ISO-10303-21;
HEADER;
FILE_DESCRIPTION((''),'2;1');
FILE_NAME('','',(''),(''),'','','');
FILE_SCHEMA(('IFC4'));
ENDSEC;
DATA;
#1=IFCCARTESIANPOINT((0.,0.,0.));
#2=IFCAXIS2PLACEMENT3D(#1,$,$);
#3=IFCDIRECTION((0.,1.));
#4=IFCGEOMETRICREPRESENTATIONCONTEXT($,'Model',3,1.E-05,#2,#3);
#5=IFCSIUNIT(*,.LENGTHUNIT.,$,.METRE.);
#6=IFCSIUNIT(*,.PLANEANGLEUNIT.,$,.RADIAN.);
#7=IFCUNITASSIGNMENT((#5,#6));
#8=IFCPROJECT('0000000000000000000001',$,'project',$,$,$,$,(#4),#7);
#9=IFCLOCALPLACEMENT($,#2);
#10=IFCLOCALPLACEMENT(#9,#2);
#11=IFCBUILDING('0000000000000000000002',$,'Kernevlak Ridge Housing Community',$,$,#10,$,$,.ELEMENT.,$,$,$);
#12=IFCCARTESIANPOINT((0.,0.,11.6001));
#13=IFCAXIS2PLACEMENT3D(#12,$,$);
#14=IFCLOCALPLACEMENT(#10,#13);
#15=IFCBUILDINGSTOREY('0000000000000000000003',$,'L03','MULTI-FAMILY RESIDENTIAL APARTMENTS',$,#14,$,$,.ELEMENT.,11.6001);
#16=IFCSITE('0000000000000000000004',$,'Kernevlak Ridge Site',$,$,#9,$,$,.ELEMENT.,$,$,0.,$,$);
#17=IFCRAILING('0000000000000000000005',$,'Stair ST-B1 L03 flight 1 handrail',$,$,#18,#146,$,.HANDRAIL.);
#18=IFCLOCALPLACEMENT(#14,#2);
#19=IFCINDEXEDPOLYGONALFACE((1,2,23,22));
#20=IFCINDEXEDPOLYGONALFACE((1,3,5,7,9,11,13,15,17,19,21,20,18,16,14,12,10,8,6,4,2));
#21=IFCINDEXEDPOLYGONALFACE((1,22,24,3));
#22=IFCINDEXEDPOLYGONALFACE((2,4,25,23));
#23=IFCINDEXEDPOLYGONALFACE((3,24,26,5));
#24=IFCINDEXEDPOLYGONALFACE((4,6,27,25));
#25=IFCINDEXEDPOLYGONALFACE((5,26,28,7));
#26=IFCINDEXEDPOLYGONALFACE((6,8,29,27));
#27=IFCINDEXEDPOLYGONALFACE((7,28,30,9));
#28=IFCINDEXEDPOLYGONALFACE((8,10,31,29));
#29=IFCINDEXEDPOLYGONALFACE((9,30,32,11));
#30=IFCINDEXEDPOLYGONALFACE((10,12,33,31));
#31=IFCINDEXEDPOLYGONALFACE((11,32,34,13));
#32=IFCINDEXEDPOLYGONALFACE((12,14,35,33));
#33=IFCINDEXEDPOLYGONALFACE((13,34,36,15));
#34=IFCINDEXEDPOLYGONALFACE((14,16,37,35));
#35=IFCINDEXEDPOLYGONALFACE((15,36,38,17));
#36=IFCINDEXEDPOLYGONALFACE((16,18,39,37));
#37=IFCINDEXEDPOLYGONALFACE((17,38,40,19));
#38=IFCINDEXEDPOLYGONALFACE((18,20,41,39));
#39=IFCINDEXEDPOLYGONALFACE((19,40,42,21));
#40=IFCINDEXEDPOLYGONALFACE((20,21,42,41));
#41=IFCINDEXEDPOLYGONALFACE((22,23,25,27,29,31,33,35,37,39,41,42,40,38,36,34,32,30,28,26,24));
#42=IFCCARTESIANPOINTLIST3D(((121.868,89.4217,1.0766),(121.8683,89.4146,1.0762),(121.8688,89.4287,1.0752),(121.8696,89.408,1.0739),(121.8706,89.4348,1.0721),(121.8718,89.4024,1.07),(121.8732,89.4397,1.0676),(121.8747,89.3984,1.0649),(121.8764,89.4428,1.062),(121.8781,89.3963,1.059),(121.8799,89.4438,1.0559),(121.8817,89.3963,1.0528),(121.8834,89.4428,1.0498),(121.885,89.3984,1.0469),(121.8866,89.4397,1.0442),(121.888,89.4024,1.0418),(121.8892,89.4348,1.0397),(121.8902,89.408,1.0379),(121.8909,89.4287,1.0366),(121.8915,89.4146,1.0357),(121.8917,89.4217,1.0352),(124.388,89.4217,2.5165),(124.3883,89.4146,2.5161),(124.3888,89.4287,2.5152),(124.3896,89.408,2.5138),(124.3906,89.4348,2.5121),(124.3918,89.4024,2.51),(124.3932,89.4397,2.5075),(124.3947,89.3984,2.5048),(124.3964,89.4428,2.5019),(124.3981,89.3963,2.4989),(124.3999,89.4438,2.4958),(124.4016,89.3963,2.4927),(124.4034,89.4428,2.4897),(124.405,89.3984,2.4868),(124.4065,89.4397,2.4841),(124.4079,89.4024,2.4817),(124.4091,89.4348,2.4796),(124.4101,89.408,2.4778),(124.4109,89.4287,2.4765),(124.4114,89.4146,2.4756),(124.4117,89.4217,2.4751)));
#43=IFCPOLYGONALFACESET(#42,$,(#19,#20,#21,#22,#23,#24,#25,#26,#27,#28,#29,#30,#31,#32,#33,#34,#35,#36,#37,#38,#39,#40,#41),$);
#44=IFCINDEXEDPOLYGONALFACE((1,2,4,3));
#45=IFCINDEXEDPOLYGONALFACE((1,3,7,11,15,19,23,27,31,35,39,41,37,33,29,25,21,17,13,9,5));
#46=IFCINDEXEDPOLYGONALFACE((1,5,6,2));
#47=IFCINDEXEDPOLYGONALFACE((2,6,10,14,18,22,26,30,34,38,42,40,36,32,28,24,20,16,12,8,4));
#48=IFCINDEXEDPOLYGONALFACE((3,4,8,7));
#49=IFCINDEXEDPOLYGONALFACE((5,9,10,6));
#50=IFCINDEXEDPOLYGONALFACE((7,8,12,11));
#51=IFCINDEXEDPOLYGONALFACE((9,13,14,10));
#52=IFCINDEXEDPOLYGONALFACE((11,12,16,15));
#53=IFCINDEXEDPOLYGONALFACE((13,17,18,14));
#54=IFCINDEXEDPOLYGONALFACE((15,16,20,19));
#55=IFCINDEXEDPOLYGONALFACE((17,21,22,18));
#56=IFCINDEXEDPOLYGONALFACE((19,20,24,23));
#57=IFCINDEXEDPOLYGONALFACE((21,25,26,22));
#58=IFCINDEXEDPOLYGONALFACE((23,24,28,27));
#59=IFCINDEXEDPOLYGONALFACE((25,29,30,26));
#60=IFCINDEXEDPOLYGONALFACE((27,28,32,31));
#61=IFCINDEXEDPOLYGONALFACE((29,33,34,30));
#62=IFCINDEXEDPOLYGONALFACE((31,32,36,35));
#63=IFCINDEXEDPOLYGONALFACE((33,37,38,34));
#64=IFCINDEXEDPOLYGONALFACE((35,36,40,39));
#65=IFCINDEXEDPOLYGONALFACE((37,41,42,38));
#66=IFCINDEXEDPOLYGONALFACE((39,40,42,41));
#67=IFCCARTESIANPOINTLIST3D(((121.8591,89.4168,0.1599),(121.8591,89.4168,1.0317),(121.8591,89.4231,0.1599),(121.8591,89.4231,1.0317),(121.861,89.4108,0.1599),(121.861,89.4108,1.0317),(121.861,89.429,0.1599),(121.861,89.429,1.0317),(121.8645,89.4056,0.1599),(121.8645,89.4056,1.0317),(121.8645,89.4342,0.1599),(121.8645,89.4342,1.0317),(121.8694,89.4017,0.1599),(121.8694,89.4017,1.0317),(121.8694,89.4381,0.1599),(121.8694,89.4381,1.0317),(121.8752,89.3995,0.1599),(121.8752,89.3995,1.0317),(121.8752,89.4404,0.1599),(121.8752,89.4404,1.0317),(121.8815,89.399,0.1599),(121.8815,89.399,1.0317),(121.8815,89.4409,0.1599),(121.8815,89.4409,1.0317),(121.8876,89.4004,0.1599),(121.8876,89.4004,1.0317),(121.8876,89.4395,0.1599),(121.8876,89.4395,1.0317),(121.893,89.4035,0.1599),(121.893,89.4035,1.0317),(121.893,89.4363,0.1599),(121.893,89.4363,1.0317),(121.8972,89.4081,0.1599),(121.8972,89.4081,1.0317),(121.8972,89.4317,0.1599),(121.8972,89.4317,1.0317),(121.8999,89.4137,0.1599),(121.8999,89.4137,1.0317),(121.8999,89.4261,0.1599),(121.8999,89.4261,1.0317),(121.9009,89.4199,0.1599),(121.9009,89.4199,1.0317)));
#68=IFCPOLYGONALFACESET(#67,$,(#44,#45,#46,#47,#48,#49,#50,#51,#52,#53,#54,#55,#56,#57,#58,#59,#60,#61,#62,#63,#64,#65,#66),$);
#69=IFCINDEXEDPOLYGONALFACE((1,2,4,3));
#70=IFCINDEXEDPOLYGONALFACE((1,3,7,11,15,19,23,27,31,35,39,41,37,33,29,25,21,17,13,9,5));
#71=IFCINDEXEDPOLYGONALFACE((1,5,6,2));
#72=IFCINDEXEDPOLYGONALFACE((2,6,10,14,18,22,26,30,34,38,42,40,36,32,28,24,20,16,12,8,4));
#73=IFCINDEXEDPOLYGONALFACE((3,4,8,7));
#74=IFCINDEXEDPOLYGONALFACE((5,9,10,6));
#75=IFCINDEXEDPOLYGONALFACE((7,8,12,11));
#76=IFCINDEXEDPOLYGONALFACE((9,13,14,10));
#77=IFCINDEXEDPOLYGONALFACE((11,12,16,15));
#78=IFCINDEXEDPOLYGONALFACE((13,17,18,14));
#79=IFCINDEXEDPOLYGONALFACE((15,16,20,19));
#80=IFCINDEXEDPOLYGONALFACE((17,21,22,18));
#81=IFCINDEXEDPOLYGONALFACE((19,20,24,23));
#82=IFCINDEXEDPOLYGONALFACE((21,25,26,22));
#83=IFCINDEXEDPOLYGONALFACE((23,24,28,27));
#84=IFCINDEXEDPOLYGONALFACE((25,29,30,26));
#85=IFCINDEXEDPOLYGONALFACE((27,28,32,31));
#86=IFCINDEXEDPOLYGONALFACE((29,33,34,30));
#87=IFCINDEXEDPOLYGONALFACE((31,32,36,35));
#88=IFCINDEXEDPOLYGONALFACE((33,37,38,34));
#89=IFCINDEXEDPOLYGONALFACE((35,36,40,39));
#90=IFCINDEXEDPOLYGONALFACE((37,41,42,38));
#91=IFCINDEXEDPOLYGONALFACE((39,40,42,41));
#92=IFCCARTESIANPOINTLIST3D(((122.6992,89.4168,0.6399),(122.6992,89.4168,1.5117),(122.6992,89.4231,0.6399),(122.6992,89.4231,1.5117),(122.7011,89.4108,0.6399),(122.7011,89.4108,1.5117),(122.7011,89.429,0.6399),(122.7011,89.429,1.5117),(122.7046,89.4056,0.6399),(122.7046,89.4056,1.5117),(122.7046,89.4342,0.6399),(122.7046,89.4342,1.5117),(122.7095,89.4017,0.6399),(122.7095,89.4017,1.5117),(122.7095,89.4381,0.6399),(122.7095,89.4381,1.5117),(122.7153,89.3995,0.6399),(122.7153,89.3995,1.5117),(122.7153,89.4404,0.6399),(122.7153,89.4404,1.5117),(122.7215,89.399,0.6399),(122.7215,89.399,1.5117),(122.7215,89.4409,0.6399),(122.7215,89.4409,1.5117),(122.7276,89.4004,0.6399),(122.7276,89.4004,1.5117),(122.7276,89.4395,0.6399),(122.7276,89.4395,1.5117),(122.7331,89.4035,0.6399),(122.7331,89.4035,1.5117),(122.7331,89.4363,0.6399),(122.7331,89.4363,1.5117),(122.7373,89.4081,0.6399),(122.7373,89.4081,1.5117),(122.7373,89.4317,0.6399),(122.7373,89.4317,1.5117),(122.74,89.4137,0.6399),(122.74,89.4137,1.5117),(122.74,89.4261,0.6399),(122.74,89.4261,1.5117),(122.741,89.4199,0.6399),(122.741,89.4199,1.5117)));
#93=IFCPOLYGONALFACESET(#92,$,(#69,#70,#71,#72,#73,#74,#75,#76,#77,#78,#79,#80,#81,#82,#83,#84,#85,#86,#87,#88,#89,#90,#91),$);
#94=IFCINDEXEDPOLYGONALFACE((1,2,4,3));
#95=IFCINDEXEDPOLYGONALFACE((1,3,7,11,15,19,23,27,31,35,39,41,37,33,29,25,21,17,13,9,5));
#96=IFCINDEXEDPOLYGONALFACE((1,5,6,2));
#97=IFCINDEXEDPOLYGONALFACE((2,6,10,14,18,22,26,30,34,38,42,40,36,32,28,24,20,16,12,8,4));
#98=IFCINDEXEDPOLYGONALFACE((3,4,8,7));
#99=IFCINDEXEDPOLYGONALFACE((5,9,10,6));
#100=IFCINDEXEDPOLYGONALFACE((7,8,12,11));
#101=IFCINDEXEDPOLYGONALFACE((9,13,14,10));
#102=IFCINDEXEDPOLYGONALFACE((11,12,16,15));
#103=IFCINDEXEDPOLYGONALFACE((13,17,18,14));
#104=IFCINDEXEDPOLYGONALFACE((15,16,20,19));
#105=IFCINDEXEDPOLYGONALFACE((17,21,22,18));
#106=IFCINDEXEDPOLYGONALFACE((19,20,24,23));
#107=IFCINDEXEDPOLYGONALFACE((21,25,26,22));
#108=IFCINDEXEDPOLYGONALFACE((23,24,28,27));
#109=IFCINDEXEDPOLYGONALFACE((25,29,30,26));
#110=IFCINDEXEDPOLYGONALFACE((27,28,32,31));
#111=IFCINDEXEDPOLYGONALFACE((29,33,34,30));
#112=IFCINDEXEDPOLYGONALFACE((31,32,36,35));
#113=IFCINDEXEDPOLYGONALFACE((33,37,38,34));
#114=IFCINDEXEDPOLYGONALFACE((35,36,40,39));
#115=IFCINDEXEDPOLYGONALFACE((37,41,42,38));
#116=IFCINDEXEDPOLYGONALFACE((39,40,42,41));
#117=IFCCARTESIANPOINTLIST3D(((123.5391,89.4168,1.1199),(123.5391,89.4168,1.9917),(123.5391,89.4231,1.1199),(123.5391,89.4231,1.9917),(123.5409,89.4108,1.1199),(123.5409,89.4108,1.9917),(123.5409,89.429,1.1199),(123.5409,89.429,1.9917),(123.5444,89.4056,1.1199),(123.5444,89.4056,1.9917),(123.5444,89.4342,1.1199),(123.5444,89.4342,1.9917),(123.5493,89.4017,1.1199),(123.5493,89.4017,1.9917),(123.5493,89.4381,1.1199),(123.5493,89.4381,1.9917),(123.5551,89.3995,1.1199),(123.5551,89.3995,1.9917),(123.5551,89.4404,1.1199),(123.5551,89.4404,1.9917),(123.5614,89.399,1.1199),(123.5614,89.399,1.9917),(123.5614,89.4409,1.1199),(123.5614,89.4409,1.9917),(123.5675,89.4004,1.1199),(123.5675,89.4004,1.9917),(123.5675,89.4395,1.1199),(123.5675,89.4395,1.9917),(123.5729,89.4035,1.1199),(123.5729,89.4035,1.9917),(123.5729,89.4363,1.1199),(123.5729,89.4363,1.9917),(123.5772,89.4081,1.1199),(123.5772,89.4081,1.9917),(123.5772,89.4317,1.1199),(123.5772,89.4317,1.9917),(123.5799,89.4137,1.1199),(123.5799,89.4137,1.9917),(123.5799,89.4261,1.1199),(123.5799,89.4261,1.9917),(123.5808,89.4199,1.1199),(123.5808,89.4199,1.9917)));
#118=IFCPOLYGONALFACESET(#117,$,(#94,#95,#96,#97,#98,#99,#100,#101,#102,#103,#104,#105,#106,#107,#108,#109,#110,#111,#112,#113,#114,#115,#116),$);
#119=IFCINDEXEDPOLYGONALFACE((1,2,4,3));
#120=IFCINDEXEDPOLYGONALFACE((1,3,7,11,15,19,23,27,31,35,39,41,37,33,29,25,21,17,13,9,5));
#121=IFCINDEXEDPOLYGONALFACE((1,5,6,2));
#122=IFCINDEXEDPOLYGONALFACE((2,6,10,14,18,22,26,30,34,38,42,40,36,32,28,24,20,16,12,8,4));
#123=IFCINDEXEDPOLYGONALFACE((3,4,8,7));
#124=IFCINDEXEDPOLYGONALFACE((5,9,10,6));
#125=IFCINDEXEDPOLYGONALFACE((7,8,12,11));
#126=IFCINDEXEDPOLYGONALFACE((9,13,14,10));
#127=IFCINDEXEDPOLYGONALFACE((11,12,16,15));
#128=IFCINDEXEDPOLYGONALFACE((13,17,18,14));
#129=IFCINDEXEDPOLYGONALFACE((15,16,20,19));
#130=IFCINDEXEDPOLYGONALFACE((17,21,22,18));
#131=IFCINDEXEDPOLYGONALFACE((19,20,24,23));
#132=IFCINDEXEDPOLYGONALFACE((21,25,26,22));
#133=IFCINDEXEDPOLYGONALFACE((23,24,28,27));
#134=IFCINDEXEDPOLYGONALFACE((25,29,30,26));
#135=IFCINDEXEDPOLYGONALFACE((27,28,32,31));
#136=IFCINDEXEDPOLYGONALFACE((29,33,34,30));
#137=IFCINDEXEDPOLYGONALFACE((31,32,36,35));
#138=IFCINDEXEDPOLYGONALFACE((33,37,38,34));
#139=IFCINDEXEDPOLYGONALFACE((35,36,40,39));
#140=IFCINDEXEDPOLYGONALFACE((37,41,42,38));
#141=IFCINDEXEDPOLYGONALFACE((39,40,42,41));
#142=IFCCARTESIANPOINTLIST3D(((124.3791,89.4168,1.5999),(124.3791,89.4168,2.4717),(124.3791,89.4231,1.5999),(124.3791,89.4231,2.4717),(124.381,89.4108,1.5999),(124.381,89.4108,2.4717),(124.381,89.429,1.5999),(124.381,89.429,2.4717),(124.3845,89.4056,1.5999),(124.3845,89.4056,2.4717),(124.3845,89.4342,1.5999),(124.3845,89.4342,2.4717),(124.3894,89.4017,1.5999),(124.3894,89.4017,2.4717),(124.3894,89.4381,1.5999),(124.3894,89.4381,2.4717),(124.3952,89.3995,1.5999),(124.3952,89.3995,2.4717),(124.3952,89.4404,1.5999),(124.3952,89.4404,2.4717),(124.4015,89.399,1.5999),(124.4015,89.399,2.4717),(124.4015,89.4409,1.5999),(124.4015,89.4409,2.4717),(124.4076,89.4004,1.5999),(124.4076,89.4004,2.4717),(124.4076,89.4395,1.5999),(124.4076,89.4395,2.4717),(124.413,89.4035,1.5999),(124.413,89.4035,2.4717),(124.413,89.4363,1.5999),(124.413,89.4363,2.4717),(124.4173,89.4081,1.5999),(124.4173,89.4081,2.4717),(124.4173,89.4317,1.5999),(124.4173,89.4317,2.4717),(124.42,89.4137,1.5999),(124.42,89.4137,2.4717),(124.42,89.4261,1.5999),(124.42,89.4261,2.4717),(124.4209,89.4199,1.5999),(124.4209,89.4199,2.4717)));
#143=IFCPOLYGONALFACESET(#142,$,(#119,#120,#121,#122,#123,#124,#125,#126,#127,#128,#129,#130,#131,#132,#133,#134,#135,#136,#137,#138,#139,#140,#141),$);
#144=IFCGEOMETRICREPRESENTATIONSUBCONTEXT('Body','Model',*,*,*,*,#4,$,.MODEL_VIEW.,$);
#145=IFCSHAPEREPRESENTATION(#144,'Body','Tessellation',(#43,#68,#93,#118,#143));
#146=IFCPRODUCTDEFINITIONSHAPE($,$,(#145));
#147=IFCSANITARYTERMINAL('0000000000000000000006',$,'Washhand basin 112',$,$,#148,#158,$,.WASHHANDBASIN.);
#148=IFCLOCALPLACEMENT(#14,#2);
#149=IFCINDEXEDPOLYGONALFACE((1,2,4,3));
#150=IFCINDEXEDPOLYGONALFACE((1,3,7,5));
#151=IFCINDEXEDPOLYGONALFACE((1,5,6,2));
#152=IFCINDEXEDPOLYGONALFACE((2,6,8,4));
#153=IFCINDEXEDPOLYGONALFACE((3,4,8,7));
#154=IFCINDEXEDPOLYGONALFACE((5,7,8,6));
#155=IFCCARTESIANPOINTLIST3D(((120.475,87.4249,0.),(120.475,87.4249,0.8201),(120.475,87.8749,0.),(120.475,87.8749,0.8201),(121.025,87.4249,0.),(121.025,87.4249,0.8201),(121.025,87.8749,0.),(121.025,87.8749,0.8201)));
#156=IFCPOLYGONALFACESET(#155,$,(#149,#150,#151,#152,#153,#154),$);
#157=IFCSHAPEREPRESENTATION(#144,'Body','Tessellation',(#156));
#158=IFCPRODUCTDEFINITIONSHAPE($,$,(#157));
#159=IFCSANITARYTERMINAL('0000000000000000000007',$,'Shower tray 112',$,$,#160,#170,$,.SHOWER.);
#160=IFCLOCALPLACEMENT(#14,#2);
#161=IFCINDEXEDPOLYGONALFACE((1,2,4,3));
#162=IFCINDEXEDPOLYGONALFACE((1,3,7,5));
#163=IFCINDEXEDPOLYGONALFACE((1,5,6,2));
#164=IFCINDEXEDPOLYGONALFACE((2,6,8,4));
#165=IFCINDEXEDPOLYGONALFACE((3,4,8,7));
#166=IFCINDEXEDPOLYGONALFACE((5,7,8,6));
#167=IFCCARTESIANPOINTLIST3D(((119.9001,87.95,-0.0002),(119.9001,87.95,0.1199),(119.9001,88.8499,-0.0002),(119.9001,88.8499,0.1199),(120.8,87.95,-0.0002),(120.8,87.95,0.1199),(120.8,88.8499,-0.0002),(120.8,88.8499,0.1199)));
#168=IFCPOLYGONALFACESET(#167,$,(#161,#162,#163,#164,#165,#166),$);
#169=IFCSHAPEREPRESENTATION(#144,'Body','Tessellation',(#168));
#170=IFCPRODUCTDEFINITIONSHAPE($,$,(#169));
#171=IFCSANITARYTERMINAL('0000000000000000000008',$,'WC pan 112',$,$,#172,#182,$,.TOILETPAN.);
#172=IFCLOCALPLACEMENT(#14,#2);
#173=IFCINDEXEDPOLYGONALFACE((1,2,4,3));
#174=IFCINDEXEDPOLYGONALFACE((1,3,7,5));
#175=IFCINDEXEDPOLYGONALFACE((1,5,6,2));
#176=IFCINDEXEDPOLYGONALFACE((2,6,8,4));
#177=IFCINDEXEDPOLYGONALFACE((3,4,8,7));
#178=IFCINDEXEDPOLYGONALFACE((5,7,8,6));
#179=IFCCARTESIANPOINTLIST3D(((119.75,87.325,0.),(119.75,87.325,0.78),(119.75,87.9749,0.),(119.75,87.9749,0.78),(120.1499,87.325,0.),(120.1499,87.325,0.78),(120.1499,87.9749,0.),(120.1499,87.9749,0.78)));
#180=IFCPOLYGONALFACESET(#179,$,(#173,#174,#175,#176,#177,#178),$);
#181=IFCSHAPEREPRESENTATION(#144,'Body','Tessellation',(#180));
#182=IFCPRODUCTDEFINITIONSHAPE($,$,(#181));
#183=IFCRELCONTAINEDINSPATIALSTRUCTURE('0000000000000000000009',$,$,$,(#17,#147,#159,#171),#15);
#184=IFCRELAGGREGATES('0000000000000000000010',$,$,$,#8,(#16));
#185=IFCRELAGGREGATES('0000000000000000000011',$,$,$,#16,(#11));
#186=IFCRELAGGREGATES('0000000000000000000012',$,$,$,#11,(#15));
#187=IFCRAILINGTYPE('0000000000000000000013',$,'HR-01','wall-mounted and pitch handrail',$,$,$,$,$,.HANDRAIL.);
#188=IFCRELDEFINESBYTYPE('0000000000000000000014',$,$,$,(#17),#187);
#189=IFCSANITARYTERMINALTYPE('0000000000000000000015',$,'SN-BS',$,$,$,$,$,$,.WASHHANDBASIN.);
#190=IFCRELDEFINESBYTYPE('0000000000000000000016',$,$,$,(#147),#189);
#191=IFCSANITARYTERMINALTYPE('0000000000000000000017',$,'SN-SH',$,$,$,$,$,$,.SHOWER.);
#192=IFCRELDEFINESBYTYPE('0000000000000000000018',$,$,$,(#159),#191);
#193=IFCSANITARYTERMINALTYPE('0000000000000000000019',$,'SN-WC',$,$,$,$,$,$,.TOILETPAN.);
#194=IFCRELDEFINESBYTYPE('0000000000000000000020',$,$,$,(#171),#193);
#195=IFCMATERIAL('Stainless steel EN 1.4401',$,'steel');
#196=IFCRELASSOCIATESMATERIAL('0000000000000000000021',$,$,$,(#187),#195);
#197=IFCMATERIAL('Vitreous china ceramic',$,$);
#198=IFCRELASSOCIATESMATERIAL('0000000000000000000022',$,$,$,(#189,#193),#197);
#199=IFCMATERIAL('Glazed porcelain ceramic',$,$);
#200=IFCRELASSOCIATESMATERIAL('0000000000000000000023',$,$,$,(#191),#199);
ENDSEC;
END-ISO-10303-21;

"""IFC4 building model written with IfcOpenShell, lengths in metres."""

from ifc_helpers import new_model, si_unit, direction, frame, origin, origin_2d, place, context, subcontext, project, spatial, rectangle, circle, extrude, material, type_object, element, save


model = new_model("IFC4")

# Units and contexts
model_context = context("Model", 3, precision=1e-05, world=origin(), true_north=direction((0.0, 1.0)))
body_context = subcontext(model_context, "Body", "Model", "MODEL_VIEW")
ifc_project = project(units=[si_unit("LENGTHUNIT", "METRE"), si_unit("PLANEANGLEUNIT", "RADIAN")], contexts=[model_context])

# Site, building, storey
site_placement = place(None, origin())
site = spatial("IfcSite", under=ifc_project, at=site_placement, Name="Kernevlak Ridge Site", CompositionType="ELEMENT", RefElevation=0.0)
building_placement = place(site_placement, origin())
building = spatial("IfcBuilding", under=site, at=building_placement, Name="Kernevlak Ridge Housing Community", CompositionType="ELEMENT")
storey_placement = place(building_placement, frame((0.0, 0.0, 11.6001)))
storey = spatial("IfcBuildingStorey", under=building, at=storey_placement, Name="L03", Description="MULTI-FAMILY RESIDENTIAL APARTMENTS", CompositionType="ELEMENT", Elevation=11.6001)

# Railing
ifc_material_1 = material(Name="Stainless steel EN 1.4401", Category="steel")
railing_type_1 = type_object("IfcRailingType", Name="HR-01", Description="wall-mounted and pitch handrail", PredefinedType="HANDRAIL", material=ifc_material_1)
railing_1_placement = place(storey_placement, frame((121.8799, 89.4199, 0.1599)))
element("IfcRailing", 1, at=railing_1_placement, inside=storey, type_object=railing_type_1, Name="Stair ST-B1 L03 flight 1 handrail", PredefinedType="HANDRAIL", context=body_context, shape_type="SweptSolid", body=[
    extrude(circle(Radius=0.0239, at=origin_2d()), frame((0.0, 0.0, 0.896), z_axis=(0.868253, 0.0, 0.496121), x_axis=(0.0, 1.0, 0.0)), (0.0, 0.0, 1.0), 2.9023),
    extrude(circle(Radius=0.021, at=origin_2d()), origin(), (0.0, 0.0, 1.0), 0.8718),
    extrude(circle(Radius=0.021, at=origin_2d()), frame((0.8401, 0.0, 0.48)), (0.0, 0.0, 1.0), 0.8718),
    extrude(circle(Radius=0.021, at=origin_2d()), frame((1.6799, 0.0, 0.96)), (0.0, 0.0, 1.0), 0.8718),
    extrude(circle(Radius=0.021, at=origin_2d()), frame((2.52, 0.0, 1.4399)), (0.0, 0.0, 1.0), 0.8718),
])

# Sanitary terminals
ifc_material_2 = material(Name="Vitreous china ceramic")
sanitary_terminal_type_1 = type_object("IfcSanitaryTerminalType", Name="SN-BS", PredefinedType="WASHHANDBASIN", material=ifc_material_2)
sanitary_terminal_1_placement = place(storey_placement, frame((120.75, 87.6499, 0.0), z_axis=(0.0, 0.0, 1.0), x_axis=(1.0, 0.0, 0.0)))
element("IfcSanitaryTerminal", 2, at=sanitary_terminal_1_placement, inside=storey, type_object=sanitary_terminal_type_1, Name="Washhand basin 112", PredefinedType="WASHHANDBASIN", context=body_context, shape_type="SweptSolid", body=[
    extrude(rectangle(XDim=0.55, YDim=0.45, at=origin_2d()), origin(), (0.0, 0.0, 1.0), 0.8201),
])
ifc_material_3 = material(Name="Glazed porcelain ceramic")
sanitary_terminal_type_2 = type_object("IfcSanitaryTerminalType", Name="SN-SH", PredefinedType="SHOWER", material=ifc_material_3)
sanitary_terminal_2_placement = place(storey_placement, frame((120.3501, 88.3999, -0.0002), z_axis=(0.0, 0.0, 1.0), x_axis=(1.0, 0.0, 0.0)))
element("IfcSanitaryTerminal", 3, at=sanitary_terminal_2_placement, inside=storey, type_object=sanitary_terminal_type_2, Name="Shower tray 112", PredefinedType="SHOWER", context=body_context, shape_type="SweptSolid", body=[
    extrude(rectangle(XDim=0.8999, YDim=0.8999, at=origin_2d()), origin(), (0.0, 0.0, 1.0), 0.1201),
])
sanitary_terminal_type_3 = type_object("IfcSanitaryTerminalType", Name="SN-WC", PredefinedType="TOILETPAN", material=ifc_material_2)
sanitary_terminal_3_placement = place(storey_placement, frame((119.95, 87.6499, 0.0), z_axis=(0.0, 0.0, 1.0), x_axis=(1.0, 0.0, 0.0)))
element("IfcSanitaryTerminal", 4, at=sanitary_terminal_3_placement, inside=storey, type_object=sanitary_terminal_type_3, Name="WC pan 112", PredefinedType="TOILETPAN", context=body_context, shape_type="SweptSolid", body=[
    extrude(rectangle(XDim=0.3999, YDim=0.6499, at=origin_2d()), origin(), (0.0, 0.0, 1.0), 0.78),
])

save(model, "model.ifc")
